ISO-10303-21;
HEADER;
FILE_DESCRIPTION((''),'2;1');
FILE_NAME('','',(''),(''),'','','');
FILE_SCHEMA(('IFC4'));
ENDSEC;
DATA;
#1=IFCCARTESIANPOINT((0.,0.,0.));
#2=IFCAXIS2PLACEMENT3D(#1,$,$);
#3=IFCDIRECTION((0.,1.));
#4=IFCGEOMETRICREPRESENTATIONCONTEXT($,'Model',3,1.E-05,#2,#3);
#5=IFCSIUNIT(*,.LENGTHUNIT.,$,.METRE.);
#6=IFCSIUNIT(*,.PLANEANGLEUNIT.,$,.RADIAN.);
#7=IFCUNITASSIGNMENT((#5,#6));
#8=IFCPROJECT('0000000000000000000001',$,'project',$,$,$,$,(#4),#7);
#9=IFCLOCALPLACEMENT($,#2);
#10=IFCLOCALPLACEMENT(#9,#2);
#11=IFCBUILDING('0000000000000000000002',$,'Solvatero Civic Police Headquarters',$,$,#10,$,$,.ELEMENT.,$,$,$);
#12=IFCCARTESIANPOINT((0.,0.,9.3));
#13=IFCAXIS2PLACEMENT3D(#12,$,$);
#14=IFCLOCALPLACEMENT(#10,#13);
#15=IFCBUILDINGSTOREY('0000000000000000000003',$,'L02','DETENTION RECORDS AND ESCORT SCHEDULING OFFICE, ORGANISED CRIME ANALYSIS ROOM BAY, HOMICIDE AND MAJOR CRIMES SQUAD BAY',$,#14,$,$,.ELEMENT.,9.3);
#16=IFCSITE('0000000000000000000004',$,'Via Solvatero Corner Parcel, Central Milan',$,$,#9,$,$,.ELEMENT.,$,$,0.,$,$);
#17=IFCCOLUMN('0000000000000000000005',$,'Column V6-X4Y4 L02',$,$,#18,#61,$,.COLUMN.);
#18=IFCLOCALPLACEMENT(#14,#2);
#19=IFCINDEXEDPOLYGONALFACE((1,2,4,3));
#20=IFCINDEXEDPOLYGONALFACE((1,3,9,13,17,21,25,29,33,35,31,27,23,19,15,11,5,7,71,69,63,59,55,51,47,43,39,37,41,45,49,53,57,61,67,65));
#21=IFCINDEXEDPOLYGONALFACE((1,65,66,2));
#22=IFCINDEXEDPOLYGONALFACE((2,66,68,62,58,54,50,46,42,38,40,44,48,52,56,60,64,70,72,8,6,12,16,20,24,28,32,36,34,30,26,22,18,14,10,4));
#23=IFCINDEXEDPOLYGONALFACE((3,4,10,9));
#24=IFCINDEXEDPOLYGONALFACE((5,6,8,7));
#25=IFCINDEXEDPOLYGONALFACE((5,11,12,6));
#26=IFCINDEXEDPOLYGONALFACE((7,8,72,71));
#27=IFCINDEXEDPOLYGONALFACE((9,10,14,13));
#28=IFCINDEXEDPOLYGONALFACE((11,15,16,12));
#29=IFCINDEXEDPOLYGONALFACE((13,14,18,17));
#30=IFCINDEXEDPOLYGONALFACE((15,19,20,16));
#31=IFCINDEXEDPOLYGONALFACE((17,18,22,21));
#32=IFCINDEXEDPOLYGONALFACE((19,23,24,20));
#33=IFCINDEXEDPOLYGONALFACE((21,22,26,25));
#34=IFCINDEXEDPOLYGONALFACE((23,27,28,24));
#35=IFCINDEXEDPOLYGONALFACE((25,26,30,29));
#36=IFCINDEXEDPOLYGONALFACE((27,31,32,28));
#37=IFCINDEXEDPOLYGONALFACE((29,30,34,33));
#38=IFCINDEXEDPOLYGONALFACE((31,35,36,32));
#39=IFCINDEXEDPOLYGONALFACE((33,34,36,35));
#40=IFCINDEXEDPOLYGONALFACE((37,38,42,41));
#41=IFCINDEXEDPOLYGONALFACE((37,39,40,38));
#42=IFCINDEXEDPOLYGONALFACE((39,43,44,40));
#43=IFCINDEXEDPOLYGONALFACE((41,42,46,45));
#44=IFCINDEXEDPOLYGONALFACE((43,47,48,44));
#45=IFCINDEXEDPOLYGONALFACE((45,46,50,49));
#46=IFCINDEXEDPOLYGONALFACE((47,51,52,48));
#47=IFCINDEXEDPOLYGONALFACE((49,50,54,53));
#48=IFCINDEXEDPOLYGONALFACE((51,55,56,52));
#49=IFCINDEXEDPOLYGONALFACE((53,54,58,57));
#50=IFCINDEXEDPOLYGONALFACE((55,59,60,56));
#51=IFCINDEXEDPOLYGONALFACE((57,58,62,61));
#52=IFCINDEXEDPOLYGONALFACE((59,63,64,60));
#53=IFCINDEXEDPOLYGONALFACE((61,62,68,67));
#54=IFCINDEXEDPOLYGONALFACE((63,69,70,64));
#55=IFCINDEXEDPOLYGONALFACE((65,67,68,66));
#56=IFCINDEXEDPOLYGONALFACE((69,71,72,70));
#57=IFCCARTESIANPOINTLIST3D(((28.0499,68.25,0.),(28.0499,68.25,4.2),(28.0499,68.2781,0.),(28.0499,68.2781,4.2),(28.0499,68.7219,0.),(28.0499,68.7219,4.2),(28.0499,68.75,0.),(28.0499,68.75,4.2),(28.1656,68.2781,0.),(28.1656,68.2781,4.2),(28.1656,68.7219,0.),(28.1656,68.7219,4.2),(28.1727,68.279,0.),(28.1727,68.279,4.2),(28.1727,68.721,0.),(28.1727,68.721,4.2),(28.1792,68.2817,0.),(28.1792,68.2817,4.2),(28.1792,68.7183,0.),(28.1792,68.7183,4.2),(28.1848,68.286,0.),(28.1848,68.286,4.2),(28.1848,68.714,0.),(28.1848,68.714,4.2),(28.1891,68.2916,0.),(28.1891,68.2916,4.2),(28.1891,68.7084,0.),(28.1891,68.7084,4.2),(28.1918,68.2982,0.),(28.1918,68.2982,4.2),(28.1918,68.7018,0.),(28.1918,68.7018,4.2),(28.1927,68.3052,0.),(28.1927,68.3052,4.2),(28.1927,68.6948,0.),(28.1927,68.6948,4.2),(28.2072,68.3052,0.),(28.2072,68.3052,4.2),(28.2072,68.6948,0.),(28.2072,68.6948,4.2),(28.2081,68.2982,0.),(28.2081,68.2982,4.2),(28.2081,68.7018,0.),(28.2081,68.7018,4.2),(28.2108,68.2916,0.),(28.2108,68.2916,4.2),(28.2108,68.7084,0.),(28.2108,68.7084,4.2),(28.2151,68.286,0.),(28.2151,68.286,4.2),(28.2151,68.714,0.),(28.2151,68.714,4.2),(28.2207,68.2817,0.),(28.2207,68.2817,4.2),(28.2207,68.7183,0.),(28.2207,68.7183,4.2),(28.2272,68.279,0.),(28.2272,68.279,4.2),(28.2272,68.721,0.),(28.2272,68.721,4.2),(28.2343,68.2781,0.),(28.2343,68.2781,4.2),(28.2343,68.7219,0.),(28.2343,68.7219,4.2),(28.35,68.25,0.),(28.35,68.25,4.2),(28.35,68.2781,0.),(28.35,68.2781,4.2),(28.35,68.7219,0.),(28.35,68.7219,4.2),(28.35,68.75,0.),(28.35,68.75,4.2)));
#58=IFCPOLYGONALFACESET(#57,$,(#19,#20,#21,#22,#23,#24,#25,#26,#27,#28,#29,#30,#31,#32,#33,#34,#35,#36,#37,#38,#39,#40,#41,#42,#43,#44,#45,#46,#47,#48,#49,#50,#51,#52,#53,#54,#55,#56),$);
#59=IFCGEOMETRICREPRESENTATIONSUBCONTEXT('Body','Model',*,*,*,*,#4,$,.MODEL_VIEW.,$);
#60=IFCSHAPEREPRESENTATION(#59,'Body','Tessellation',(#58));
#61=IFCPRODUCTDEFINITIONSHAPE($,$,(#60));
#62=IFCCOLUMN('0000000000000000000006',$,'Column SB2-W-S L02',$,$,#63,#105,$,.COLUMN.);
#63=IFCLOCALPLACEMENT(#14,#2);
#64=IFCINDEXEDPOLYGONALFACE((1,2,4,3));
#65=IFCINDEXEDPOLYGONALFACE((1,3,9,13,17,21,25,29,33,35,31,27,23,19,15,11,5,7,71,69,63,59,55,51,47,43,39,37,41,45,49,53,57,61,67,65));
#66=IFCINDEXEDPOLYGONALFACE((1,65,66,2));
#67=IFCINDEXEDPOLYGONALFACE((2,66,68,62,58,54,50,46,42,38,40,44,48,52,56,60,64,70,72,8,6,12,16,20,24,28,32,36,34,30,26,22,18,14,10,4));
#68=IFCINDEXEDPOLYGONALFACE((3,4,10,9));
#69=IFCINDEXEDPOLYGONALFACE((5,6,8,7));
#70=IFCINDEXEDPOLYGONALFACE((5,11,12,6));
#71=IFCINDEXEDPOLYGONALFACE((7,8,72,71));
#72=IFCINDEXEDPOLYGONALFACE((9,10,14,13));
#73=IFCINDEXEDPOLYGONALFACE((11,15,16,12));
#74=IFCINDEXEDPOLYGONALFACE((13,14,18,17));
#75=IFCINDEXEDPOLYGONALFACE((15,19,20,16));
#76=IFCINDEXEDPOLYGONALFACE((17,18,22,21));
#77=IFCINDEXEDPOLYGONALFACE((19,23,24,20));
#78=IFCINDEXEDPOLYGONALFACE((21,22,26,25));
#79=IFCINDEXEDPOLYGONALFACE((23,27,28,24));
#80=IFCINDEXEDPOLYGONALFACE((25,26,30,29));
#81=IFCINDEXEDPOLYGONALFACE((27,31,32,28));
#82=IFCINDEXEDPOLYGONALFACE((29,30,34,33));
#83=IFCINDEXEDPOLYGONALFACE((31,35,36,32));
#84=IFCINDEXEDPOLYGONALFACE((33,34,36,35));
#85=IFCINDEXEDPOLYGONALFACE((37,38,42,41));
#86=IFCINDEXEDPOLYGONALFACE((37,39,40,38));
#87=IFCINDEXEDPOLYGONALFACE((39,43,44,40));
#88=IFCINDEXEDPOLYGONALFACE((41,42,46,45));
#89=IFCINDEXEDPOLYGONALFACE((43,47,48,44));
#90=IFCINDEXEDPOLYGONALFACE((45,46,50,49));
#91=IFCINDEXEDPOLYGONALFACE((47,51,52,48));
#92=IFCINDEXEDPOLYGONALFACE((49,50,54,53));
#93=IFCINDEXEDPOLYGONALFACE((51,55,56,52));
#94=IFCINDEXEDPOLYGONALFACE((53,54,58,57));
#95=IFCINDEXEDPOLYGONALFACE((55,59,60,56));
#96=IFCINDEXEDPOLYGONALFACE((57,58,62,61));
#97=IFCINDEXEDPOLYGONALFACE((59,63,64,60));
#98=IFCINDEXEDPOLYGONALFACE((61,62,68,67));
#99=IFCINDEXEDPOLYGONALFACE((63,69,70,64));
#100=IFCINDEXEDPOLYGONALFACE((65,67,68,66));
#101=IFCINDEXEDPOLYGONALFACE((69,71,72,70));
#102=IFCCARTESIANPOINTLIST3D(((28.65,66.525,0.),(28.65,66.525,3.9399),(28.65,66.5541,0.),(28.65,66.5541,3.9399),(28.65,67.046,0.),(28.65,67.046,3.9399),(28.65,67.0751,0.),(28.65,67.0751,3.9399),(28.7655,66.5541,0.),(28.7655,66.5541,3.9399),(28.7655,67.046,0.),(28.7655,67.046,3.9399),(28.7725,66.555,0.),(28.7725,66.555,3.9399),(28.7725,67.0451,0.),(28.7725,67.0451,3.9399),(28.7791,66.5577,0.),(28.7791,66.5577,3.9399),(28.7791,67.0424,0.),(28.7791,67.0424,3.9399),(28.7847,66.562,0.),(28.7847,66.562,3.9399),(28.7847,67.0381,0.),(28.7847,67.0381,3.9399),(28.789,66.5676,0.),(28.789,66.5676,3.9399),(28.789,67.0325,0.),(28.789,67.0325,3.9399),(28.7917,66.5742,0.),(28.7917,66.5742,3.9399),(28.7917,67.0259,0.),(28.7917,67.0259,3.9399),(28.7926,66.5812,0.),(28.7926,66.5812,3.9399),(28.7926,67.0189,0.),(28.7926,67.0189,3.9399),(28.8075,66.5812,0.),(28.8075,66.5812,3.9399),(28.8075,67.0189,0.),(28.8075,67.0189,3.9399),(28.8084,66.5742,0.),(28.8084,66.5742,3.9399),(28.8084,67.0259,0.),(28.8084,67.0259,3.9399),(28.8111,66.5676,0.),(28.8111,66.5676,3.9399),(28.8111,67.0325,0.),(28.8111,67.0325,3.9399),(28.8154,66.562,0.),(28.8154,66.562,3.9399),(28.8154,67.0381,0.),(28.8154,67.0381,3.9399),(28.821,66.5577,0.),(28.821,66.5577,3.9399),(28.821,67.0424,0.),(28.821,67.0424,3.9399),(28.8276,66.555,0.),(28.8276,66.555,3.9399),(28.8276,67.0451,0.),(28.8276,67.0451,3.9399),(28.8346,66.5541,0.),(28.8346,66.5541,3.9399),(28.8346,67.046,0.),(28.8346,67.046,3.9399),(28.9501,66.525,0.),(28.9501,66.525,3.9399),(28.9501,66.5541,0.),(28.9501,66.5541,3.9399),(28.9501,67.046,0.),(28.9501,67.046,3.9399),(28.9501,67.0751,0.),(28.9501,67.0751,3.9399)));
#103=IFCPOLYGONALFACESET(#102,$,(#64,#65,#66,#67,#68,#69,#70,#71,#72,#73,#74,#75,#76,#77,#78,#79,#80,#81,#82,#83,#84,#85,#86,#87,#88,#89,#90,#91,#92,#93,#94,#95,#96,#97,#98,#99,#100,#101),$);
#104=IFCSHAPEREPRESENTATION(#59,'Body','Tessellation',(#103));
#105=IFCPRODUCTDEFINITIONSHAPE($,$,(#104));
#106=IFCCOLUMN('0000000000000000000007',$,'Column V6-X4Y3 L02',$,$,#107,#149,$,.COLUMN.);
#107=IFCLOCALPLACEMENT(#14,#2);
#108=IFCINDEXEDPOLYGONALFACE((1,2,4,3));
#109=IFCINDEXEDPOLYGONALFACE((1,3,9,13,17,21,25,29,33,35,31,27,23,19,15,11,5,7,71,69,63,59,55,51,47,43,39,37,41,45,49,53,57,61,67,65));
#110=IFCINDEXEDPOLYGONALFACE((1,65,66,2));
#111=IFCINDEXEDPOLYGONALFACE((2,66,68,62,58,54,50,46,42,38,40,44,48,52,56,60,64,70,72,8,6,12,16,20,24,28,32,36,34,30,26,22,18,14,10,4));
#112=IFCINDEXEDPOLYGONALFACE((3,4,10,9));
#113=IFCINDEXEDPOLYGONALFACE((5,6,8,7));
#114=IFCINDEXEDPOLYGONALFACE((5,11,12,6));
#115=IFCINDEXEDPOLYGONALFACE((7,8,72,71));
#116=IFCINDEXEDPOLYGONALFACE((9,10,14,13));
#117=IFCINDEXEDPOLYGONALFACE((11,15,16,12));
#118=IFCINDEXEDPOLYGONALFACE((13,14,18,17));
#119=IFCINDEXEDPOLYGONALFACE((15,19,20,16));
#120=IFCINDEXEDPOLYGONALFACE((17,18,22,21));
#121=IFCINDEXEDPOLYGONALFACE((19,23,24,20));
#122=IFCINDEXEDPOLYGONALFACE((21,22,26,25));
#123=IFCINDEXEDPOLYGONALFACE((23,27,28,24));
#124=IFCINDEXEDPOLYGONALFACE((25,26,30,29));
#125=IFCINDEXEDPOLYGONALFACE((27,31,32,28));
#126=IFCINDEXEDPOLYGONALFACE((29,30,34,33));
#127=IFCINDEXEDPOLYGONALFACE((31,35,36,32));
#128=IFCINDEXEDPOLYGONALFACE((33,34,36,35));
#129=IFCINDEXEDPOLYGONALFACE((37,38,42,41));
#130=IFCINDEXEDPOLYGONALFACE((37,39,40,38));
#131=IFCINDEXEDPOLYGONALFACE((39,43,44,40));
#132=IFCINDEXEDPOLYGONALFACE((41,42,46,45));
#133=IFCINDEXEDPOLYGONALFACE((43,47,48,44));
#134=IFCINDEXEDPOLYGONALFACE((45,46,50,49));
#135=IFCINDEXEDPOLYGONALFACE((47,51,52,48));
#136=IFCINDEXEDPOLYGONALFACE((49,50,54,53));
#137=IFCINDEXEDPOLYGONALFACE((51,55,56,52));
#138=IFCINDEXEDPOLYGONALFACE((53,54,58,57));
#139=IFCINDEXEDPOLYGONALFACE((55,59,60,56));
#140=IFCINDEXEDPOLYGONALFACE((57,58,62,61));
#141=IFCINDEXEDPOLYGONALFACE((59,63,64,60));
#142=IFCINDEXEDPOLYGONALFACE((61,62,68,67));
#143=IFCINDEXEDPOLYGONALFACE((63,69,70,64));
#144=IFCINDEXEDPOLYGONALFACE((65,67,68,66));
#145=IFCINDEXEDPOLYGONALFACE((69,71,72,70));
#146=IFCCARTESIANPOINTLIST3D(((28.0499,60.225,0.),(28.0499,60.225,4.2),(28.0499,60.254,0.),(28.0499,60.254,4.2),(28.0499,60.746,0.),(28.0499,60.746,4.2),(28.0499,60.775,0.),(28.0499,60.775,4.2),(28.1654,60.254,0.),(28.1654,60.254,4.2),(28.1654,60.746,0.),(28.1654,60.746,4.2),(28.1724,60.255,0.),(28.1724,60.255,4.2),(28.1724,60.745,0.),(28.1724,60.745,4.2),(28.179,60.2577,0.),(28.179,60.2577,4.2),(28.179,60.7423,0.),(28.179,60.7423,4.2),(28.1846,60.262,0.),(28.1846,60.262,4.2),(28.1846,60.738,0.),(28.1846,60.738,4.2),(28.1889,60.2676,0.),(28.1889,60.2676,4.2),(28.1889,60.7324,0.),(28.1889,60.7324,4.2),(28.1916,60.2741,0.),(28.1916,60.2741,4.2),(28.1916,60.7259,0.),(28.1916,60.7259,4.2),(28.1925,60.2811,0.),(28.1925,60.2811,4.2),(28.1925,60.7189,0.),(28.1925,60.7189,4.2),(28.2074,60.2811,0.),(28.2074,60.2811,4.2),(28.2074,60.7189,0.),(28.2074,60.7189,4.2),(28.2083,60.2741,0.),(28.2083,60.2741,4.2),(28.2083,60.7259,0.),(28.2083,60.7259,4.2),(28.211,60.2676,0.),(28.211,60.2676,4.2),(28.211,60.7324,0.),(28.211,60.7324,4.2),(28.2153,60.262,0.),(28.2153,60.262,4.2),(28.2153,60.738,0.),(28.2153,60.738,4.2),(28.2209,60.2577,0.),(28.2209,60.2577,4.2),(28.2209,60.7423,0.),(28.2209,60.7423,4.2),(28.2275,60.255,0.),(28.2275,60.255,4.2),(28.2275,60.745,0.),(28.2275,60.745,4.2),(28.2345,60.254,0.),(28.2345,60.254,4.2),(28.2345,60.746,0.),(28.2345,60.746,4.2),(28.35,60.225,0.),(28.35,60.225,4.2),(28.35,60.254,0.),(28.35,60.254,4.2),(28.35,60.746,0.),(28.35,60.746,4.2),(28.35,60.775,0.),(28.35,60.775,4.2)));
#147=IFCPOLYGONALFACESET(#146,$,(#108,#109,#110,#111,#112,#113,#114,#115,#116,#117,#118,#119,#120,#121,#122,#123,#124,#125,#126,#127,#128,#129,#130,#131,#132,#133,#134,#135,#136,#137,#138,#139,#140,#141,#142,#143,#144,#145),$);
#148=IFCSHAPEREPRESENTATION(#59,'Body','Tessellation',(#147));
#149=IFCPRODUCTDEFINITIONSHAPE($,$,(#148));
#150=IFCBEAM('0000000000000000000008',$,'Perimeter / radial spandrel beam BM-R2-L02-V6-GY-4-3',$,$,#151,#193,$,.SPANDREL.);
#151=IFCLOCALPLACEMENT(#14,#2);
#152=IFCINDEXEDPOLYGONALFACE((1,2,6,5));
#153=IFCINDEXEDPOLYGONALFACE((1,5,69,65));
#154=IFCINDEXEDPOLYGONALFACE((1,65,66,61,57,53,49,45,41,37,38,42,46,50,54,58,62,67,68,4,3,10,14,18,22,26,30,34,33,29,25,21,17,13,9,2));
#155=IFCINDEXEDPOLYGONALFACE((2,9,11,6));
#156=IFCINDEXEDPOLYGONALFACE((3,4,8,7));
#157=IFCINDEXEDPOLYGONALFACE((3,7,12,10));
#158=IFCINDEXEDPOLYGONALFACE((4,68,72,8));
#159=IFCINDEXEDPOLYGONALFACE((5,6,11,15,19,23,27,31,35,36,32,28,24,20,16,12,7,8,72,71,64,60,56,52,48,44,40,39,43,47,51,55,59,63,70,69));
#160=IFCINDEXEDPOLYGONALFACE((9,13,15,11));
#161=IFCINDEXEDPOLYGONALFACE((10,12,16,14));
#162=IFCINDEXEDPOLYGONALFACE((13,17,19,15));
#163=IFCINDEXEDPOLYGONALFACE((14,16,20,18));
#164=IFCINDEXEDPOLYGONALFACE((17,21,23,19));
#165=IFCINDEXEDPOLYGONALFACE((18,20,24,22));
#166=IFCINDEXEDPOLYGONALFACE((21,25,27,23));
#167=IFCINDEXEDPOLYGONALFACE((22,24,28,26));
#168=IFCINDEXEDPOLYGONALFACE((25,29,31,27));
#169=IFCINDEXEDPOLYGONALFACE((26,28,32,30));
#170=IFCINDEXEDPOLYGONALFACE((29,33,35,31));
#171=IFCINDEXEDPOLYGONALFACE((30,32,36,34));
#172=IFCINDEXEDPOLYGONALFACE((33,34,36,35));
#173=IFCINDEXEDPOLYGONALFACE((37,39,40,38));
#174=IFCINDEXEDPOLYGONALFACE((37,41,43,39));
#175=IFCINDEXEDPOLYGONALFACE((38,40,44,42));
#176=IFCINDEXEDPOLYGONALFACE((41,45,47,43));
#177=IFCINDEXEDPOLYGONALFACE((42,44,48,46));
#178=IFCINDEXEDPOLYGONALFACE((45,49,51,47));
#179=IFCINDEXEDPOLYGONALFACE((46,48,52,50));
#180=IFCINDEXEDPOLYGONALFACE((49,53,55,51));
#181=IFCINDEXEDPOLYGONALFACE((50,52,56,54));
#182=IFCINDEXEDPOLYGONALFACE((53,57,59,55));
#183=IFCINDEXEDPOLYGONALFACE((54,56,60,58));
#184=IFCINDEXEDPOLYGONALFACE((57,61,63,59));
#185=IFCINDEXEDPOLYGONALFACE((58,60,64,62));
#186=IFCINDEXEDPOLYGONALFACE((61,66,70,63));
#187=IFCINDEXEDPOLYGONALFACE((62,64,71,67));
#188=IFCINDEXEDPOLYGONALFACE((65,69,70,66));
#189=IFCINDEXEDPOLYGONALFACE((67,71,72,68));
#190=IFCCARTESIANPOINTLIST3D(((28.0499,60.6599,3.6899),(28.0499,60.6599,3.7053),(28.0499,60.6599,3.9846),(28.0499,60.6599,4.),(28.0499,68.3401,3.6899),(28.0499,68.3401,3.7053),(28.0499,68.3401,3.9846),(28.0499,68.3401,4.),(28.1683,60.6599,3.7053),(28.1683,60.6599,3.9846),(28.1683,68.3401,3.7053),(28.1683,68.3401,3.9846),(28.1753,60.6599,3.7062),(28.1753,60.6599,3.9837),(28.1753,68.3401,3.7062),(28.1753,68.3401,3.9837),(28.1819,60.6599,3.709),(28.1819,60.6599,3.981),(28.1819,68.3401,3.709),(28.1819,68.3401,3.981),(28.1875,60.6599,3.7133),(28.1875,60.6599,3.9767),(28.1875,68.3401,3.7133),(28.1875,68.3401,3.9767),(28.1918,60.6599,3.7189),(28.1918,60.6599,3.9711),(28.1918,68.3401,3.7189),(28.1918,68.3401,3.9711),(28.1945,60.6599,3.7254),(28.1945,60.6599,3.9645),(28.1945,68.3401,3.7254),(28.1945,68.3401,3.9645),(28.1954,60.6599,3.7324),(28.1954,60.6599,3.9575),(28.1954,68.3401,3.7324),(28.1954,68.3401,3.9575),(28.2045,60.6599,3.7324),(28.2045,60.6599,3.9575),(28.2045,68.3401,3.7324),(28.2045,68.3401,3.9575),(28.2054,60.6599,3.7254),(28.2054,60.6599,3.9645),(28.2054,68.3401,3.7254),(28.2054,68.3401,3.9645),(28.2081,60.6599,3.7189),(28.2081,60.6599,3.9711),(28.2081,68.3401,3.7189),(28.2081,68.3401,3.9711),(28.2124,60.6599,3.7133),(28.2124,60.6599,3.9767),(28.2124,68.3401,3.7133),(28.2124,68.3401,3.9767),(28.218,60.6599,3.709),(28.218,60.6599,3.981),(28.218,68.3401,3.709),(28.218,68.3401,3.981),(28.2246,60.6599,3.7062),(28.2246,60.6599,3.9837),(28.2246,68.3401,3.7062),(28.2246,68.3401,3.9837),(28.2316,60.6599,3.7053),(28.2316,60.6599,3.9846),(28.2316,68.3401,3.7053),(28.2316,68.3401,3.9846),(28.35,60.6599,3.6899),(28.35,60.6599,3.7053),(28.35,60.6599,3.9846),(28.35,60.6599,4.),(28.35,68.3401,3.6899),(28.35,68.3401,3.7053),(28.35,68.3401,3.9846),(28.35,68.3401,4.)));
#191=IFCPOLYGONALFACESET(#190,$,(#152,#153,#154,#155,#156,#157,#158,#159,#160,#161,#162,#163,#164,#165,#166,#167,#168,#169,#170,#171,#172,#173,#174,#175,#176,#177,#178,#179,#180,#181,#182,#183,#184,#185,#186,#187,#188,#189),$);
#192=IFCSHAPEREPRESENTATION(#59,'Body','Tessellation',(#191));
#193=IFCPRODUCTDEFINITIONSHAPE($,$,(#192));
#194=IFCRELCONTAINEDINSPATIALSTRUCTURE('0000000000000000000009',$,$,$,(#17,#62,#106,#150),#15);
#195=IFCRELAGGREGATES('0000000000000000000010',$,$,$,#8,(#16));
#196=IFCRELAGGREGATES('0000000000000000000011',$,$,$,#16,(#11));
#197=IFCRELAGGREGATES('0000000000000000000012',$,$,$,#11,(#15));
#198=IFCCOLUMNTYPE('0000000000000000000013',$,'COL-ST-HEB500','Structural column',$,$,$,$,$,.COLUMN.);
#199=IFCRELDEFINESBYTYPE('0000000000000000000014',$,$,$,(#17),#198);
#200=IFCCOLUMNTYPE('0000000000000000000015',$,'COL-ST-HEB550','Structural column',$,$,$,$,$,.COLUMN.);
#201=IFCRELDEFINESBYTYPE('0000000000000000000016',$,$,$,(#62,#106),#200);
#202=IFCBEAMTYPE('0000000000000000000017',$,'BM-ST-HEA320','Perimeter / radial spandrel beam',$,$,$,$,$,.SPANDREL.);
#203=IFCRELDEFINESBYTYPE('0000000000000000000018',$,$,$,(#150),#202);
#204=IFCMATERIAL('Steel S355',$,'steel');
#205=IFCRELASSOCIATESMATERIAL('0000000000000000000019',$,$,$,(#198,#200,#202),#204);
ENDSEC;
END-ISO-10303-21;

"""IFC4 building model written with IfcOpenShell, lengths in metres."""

from ifc_helpers import new_model, si_unit, direction, frame, origin, origin_2d, place, context, subcontext, project, spatial, i_section, extrude, material, material_profile, profile_set, type_object, element, save


model = new_model("IFC4")

# Units and contexts
model_context = context("Model", 3, precision=1e-05, world=origin(), true_north=direction((0.0, 1.0)))
body_context = subcontext(model_context, "Body", "Model", "MODEL_VIEW")
ifc_project = project(units=[si_unit("LENGTHUNIT", "METRE"), si_unit("PLANEANGLEUNIT", "RADIAN")], contexts=[model_context])

# Site, building, storey
site_placement = place(None, origin())
site = spatial("IfcSite", under=ifc_project, at=site_placement, Name="Via Solvatero Corner Parcel, Central Milan", CompositionType="ELEMENT", RefElevation=0.0)
building_placement = place(site_placement, origin())
building = spatial("IfcBuilding", under=site, at=building_placement, Name="Solvatero Civic Police Headquarters", CompositionType="ELEMENT")
storey_placement = place(building_placement, frame((0.0, 0.0, 9.3)))
storey = spatial("IfcBuildingStorey", under=building, at=storey_placement, Name="L02", Description="DETENTION RECORDS AND ESCORT SCHEDULING OFFICE, ORGANISED CRIME ANALYSIS ROOM BAY, HOMICIDE AND MAJOR CRIMES SQUAD BAY", CompositionType="ELEMENT", Elevation=9.3)

# Columns
ifc_material_1 = material(Name="Steel S355", Category="steel")
ifc_material_profile_1 = material_profile(ifc_material_1, i_section(OverallWidth=0.3, OverallDepth=0.5, WebThickness=0.0144, FlangeThickness=0.0281, FilletRadius=0.0271, at=origin_2d()), Name="HEB 500")
ifc_profile_set_1 = profile_set([ifc_material_profile_1], Name="Steel S355")
column_type_1 = type_object("IfcColumnType", Name="COL-ST-HEB500", Description="Structural column", PredefinedType="COLUMN", material=ifc_profile_set_1)
column_1_placement = place(storey_placement, frame((28.2, 68.5, 0.0), z_axis=(0.0, 0.0, 1.0), x_axis=(1.0, 0.0, 0.0)))
element("IfcColumn", 1, at=column_1_placement, inside=storey, type_object=column_type_1, Name="Column V6-X4Y4 L02", PredefinedType="COLUMN", context=body_context, shape_type="SweptSolid", body=[
    extrude(i_section(OverallWidth=0.3, OverallDepth=0.5, WebThickness=0.0144, FlangeThickness=0.0281, FilletRadius=0.0271, at=origin_2d()), origin(), (0.0, 0.0, 1.0), 4.2),
])
ifc_material_profile_2 = material_profile(ifc_material_1, i_section(OverallWidth=0.3, OverallDepth=0.55, WebThickness=0.0149, FlangeThickness=0.0291, FilletRadius=0.0271, at=origin_2d()), Name="HEB 550")
ifc_profile_set_2 = profile_set([ifc_material_profile_2], Name="Steel S355")
column_type_2 = type_object("IfcColumnType", Name="COL-ST-HEB550", Description="Structural column", PredefinedType="COLUMN", material=ifc_profile_set_2)
column_2_placement = place(storey_placement, frame((28.8, 66.8, 0.0), z_axis=(0.0, 0.0, 1.0), x_axis=(1.0, 0.0, 0.0)))
element("IfcColumn", 2, at=column_2_placement, inside=storey, type_object=column_type_2, Name="Column SB2-W-S L02", PredefinedType="COLUMN", context=body_context, shape_type="SweptSolid", body=[
    extrude(i_section(OverallWidth=0.3, OverallDepth=0.55, WebThickness=0.0149, FlangeThickness=0.0291, FilletRadius=0.0271, at=origin_2d()), origin(), (0.0, 0.0, 1.0), 3.9399),
])
column_3_placement = place(storey_placement, frame((28.2, 60.5, 0.0), z_axis=(0.0, 0.0, 1.0), x_axis=(1.0, 0.0, 0.0)))
element("IfcColumn", 3, at=column_3_placement, inside=storey, type_object=column_type_2, Name="Column V6-X4Y3 L02", PredefinedType="COLUMN", context=body_context, shape_type="SweptSolid", body=[
    extrude(i_section(OverallWidth=0.3, OverallDepth=0.55, WebThickness=0.0149, FlangeThickness=0.0291, FilletRadius=0.0271, at=origin_2d()), origin(), (0.0, 0.0, 1.0), 4.2),
])

# Beam
ifc_material_profile_3 = material_profile(ifc_material_1, i_section(OverallWidth=0.3, OverallDepth=0.3101, WebThickness=0.009, FlangeThickness=0.0154, FilletRadius=0.0271, at=origin_2d()), Name="HEA 320")
ifc_profile_set_3 = profile_set([ifc_material_profile_3], Name="Steel S355")
beam_type_1 = type_object("IfcBeamType", Name="BM-ST-HEA320", Description="Perimeter / radial spandrel beam", PredefinedType="SPANDREL", material=ifc_profile_set_3)
beam_placement = place(storey_placement, frame((28.2, 60.6599, 3.845), z_axis=(0.0, 1.0, 0.0), x_axis=(-1.0, 0.0, 0.0)))
element("IfcBeam", 4, at=beam_placement, inside=storey, type_object=beam_type_1, Name="Perimeter / radial spandrel beam BM-R2-L02-V6-GY-4-3", PredefinedType="SPANDREL", context=body_context, shape_type="SweptSolid", body=[
    extrude(i_section(OverallWidth=0.3, OverallDepth=0.3101, WebThickness=0.009, FlangeThickness=0.0154, FilletRadius=0.0271, at=origin_2d()), origin(), (0.0, 0.0, 1.0), 7.6802),
])

save(model, "model.ifc")
